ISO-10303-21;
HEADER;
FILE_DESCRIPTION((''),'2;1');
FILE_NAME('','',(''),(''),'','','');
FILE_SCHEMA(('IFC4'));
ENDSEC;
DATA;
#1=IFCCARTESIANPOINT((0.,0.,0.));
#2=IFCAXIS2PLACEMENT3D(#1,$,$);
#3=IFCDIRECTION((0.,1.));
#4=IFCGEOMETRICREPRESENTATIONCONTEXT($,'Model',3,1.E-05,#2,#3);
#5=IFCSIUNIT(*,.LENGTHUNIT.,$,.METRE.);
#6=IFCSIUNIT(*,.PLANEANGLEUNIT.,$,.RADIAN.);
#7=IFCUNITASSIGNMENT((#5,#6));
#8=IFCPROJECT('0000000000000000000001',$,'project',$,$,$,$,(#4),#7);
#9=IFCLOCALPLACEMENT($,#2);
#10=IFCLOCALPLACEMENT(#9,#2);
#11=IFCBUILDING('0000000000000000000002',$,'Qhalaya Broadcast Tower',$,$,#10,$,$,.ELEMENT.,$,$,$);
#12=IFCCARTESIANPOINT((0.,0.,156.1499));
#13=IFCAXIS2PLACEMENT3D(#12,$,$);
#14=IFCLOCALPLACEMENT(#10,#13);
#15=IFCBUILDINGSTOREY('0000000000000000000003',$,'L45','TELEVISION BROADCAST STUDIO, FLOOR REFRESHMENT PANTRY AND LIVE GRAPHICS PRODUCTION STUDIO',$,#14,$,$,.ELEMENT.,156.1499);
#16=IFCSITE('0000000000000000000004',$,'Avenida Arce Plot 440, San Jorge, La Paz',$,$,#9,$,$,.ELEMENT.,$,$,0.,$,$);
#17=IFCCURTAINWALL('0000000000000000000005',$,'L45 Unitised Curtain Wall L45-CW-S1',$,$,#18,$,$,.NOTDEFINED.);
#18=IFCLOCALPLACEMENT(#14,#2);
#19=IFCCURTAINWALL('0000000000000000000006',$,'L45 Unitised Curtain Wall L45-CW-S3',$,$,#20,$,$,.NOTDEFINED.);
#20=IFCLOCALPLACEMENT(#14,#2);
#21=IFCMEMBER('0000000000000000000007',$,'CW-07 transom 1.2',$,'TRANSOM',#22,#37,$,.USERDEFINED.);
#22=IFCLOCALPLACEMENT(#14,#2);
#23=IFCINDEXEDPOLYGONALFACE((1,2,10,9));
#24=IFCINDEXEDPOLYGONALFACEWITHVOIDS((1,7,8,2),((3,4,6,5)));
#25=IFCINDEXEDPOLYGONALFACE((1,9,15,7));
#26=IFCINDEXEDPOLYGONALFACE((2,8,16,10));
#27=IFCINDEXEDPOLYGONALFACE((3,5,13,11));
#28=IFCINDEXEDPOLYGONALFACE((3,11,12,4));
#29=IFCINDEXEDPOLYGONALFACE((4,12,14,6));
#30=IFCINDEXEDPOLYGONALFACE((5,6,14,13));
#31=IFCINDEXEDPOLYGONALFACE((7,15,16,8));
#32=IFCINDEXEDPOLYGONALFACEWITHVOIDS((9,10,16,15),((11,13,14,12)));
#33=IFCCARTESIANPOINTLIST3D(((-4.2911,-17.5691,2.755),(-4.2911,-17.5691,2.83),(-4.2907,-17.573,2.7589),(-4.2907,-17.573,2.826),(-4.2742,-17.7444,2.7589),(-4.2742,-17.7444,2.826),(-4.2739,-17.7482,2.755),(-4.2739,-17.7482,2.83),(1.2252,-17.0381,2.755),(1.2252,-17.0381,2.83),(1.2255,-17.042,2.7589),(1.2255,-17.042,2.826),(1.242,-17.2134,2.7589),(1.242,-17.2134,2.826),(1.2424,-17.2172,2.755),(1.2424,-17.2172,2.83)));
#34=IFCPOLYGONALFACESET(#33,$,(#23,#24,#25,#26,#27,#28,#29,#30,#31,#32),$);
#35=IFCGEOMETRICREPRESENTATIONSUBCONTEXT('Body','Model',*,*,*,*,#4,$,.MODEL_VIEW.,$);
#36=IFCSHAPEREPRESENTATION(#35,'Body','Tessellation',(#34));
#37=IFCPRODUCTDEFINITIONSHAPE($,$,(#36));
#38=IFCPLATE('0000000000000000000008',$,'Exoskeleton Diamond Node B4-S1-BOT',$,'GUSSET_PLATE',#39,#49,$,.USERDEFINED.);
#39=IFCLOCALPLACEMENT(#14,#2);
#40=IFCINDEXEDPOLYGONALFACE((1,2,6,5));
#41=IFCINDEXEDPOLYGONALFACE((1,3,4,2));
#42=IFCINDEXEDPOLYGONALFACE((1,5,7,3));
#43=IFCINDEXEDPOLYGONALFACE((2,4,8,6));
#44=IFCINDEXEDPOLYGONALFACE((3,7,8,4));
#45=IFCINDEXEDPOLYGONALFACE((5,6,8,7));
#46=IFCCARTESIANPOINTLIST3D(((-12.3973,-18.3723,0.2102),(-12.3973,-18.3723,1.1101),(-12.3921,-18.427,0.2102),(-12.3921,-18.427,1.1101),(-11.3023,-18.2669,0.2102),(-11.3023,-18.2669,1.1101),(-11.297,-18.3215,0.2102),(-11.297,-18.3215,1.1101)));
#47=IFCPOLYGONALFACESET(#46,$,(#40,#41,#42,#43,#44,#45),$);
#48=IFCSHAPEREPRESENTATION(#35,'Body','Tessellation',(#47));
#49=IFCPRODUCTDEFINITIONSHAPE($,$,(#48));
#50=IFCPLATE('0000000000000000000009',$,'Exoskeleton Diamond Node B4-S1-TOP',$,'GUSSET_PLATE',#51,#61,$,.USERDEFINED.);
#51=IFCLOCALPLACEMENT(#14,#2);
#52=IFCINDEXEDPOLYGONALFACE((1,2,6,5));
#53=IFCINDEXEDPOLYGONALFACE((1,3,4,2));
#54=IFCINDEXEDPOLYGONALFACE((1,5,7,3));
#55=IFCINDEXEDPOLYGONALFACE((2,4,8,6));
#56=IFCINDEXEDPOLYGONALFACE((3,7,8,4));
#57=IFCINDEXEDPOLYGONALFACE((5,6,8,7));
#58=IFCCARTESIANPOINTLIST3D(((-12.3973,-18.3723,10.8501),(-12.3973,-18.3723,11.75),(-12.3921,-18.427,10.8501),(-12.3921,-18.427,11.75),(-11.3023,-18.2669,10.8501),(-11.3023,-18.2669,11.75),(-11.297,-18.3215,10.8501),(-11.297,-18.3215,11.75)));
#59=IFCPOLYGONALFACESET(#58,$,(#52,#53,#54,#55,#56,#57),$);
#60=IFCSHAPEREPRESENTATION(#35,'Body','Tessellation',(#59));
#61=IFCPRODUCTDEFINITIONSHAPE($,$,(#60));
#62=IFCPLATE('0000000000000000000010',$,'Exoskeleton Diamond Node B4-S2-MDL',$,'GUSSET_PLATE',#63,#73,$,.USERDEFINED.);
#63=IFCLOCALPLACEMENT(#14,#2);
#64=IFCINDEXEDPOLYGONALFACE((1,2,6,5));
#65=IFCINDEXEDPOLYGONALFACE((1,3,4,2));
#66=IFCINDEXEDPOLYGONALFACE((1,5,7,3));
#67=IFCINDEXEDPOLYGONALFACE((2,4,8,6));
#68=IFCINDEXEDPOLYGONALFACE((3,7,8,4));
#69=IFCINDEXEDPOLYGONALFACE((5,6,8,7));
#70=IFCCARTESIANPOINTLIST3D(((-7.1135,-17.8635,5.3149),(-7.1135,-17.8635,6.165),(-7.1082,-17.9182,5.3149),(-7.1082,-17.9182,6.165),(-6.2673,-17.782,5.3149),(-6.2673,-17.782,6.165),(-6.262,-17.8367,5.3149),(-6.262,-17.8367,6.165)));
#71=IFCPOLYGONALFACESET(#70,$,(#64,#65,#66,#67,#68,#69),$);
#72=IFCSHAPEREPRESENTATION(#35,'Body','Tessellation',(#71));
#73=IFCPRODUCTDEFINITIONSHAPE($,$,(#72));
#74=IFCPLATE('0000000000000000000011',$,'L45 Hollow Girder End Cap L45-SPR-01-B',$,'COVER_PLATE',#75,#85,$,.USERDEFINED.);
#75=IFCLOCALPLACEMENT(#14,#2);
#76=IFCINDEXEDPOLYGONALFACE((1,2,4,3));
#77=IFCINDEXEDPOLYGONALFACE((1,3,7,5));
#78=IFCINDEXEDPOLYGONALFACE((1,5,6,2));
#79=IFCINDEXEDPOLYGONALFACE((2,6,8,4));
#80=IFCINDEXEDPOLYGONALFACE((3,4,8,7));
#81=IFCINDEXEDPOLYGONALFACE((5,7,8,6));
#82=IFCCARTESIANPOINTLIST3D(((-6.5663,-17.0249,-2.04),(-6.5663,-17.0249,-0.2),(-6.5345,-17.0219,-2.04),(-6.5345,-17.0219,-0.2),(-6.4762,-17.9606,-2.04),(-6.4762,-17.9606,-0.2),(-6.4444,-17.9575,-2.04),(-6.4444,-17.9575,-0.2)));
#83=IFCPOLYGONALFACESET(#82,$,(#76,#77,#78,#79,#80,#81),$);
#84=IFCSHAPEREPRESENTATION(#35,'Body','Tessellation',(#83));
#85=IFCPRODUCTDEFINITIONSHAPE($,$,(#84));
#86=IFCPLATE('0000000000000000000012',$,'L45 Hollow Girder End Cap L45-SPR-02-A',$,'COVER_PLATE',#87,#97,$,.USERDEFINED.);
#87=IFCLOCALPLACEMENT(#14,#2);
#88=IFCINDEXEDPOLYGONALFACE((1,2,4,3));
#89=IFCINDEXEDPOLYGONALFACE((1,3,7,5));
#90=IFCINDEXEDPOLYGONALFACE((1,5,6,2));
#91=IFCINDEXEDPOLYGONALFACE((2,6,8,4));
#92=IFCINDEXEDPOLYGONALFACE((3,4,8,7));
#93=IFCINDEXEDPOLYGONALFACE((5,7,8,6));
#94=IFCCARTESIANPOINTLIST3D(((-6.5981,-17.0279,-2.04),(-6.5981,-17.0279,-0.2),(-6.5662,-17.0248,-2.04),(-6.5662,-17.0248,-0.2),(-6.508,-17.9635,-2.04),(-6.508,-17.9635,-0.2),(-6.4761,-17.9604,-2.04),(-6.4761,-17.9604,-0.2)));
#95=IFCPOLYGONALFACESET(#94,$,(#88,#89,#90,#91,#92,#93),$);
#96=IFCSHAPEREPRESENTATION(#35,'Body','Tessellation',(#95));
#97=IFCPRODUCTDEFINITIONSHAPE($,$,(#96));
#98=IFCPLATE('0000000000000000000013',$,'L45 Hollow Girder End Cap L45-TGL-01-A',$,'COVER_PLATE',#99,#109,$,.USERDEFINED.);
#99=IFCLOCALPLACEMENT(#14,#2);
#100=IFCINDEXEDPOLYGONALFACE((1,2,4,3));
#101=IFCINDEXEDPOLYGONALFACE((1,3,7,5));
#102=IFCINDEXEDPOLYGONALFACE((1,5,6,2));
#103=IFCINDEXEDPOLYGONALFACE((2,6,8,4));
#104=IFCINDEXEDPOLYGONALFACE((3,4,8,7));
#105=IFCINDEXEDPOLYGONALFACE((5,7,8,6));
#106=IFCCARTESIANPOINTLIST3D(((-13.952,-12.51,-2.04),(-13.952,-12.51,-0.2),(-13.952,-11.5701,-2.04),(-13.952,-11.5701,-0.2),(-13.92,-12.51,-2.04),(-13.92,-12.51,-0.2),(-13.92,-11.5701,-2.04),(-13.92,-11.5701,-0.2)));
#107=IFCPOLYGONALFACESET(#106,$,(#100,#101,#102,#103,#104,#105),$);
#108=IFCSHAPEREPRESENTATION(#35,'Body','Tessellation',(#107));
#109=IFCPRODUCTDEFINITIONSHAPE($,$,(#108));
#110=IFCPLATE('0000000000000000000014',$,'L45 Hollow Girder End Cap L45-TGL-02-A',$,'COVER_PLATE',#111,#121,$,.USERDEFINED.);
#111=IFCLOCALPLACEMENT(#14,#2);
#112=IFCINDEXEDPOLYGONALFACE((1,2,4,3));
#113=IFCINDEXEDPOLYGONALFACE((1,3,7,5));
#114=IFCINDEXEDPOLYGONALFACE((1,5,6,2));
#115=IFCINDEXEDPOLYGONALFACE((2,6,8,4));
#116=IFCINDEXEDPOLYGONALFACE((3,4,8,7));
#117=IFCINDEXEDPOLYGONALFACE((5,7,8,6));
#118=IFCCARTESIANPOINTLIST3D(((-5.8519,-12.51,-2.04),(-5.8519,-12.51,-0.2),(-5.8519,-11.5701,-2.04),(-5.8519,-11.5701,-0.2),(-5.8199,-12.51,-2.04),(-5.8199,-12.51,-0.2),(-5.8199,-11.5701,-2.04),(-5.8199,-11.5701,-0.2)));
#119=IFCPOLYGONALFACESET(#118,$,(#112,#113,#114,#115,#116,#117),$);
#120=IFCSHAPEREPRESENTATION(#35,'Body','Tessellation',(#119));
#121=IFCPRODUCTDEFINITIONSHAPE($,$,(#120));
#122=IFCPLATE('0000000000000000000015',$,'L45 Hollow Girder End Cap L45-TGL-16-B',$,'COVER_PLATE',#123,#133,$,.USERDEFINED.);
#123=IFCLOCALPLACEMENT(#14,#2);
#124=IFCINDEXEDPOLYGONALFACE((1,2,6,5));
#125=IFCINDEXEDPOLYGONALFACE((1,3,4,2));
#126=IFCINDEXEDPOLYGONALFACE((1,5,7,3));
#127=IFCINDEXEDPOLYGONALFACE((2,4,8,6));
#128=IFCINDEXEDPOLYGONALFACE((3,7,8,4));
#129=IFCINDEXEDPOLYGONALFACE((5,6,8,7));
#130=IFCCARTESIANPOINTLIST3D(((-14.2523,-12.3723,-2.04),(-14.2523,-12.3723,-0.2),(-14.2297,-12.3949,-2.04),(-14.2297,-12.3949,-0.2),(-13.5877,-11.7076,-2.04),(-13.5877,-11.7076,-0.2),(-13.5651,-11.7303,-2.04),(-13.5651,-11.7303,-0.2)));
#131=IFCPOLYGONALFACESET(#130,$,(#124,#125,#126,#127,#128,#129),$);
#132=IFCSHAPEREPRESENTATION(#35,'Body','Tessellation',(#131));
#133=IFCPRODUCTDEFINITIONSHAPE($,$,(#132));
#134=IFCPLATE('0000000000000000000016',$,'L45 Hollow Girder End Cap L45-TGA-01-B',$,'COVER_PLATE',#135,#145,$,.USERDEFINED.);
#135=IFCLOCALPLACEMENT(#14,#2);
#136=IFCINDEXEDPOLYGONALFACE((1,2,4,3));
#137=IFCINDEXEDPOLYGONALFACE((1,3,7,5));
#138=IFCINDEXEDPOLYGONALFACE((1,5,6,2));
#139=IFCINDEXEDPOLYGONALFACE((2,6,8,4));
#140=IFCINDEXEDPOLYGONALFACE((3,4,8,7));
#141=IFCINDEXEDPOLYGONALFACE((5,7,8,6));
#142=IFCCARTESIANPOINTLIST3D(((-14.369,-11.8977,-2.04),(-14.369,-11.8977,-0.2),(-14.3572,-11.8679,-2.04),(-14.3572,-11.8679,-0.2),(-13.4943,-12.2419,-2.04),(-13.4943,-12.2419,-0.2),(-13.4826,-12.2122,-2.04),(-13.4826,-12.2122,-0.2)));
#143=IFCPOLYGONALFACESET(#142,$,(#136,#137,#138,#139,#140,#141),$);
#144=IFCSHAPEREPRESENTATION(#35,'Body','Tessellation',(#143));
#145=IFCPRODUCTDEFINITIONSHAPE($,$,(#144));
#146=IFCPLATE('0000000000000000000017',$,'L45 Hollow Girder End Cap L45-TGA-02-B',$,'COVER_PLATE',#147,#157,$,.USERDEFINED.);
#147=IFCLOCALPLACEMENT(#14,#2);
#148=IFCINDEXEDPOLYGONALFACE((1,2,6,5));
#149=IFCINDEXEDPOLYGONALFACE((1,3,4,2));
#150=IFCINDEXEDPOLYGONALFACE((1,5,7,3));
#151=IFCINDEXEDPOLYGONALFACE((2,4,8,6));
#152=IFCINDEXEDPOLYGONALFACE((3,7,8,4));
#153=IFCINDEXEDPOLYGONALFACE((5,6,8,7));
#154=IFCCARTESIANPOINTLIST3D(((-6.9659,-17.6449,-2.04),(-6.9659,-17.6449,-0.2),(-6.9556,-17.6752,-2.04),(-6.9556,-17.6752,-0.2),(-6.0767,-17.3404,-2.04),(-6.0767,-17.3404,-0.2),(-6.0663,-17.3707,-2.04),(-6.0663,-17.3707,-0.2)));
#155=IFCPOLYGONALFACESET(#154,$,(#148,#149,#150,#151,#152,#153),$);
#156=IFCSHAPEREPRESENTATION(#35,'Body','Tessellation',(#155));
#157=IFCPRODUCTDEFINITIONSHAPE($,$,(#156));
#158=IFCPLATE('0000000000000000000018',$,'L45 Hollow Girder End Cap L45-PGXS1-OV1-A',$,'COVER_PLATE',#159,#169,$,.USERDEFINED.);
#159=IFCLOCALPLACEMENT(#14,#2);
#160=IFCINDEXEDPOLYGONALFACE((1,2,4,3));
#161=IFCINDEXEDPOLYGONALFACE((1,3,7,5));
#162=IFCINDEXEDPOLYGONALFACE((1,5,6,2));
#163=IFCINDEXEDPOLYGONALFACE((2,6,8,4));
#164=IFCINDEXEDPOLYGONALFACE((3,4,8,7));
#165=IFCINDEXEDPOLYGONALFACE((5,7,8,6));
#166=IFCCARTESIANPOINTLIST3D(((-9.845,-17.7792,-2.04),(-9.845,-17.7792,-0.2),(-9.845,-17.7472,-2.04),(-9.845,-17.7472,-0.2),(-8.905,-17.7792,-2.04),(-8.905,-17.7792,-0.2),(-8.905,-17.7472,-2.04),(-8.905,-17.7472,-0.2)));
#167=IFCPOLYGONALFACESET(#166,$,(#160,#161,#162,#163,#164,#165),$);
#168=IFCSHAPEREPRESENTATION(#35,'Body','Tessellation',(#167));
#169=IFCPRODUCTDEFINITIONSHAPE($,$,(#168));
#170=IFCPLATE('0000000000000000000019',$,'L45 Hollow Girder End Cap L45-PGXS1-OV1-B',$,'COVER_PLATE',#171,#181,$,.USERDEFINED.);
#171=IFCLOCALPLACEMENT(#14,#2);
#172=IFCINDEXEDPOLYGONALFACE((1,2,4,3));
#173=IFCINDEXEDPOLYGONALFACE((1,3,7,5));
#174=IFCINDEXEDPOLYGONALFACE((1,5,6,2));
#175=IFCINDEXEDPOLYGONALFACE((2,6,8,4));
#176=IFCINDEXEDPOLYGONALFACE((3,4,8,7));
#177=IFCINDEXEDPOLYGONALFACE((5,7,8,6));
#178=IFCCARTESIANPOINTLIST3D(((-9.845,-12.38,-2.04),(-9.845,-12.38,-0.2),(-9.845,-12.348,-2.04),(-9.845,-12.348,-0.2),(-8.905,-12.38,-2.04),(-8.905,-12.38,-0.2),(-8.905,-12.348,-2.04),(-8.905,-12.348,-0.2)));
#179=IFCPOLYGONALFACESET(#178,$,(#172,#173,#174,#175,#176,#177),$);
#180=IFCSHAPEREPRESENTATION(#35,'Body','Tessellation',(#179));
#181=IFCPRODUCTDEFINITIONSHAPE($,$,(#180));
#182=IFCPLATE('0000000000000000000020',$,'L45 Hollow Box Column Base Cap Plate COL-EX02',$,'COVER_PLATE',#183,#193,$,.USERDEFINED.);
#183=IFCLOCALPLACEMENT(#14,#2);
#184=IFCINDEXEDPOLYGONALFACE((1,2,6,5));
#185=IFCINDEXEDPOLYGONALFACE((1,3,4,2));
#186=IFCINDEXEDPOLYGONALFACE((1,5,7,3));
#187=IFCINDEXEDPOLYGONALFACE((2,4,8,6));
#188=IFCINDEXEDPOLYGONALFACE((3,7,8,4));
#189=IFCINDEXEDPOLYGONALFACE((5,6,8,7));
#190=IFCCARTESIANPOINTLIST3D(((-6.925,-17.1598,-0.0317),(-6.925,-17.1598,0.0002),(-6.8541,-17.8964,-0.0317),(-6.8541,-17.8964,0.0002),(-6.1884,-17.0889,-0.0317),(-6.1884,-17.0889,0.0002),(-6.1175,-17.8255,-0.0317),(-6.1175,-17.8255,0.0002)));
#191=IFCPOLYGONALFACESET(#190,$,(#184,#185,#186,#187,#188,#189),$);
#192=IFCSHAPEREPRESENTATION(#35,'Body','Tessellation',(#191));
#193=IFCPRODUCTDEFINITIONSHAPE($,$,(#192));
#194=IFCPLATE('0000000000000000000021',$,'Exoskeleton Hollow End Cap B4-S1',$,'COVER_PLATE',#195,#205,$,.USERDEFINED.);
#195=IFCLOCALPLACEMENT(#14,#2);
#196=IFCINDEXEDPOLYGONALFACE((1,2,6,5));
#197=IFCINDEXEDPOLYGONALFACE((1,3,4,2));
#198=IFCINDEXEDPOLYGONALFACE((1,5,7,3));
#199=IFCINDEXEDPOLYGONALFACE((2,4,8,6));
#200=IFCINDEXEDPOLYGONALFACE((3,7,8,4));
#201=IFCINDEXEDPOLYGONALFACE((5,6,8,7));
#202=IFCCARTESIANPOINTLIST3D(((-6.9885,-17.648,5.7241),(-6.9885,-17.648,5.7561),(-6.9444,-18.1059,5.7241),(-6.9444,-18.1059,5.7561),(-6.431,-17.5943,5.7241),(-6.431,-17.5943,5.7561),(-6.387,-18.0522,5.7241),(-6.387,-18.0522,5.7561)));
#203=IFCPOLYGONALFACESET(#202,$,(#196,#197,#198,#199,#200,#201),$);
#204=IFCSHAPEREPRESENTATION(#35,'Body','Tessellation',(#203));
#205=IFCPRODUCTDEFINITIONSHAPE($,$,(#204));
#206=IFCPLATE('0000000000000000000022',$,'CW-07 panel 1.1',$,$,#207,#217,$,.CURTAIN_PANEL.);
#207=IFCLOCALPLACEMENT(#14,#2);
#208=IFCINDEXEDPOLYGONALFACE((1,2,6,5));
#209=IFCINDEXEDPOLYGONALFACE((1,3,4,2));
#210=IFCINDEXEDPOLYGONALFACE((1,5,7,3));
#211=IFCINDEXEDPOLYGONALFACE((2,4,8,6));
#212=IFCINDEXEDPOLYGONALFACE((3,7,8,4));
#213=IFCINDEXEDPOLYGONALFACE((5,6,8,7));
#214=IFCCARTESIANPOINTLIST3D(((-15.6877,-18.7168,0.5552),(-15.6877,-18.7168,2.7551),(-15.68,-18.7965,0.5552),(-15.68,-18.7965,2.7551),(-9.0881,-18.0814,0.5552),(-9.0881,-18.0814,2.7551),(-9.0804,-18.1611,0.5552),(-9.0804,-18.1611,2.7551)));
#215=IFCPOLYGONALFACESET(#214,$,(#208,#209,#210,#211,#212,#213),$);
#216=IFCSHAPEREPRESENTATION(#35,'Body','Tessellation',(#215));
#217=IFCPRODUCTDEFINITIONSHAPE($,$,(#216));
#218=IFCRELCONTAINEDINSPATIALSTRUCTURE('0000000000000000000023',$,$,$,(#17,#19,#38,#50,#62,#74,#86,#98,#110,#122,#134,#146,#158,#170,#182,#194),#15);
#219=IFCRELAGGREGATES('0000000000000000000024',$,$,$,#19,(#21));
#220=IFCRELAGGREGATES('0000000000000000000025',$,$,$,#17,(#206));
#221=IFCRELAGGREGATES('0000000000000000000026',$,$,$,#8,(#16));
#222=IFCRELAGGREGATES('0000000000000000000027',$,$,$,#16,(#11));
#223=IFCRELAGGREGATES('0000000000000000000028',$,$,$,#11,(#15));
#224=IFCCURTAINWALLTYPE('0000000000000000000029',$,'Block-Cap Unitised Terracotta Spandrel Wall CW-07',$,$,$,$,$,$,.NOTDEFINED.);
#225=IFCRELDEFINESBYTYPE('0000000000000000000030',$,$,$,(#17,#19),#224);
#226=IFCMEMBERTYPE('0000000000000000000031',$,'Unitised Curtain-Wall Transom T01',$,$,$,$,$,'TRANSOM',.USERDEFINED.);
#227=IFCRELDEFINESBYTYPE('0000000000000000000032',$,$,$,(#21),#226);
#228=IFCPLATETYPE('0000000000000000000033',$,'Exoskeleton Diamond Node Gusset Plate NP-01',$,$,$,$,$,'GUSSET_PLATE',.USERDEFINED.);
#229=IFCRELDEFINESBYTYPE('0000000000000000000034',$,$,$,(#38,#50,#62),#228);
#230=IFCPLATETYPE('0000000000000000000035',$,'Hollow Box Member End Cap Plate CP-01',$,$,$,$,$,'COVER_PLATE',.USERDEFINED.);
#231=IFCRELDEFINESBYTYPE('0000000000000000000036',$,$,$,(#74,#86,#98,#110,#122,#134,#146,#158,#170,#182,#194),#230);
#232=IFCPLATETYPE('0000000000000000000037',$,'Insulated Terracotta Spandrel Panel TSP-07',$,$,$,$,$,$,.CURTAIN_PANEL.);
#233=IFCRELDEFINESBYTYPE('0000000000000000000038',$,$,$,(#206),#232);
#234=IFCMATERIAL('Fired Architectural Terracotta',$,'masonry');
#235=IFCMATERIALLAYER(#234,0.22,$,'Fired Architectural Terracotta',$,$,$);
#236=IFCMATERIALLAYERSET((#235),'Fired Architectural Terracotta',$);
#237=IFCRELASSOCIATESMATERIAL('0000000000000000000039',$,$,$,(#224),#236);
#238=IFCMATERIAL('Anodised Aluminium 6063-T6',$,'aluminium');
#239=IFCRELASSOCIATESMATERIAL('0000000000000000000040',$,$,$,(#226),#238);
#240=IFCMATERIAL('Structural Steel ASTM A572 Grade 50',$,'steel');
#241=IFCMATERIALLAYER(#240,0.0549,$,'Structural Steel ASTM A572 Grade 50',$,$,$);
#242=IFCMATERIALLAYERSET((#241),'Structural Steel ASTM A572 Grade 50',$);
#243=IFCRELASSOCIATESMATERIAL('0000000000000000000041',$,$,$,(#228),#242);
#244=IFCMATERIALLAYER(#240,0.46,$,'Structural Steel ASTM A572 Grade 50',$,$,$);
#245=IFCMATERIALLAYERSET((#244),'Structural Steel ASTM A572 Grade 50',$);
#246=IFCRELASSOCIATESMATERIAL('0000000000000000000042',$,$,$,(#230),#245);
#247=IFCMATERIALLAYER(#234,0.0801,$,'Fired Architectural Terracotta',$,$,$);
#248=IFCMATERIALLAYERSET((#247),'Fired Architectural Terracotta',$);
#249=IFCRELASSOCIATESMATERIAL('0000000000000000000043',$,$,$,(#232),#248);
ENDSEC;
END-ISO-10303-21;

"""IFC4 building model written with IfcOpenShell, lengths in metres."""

from ifc_helpers import new_model, si_unit, direction, frame, origin, origin_2d, place, context, subcontext, project, spatial, rectangle, hollow_rectangle, extrude, material, layer, layer_set, material_profile, profile_set, type_object, element, aggregate, save


model = new_model("IFC4")

# Units and contexts
model_context = context("Model", 3, precision=1e-05, world=origin(), true_north=direction((0.0, 1.0)))
body_context = subcontext(model_context, "Body", "Model", "MODEL_VIEW")
ifc_project = project(units=[si_unit("LENGTHUNIT", "METRE"), si_unit("PLANEANGLEUNIT", "RADIAN")], contexts=[model_context])

# Site, building, storey
site_placement = place(None, origin())
site = spatial("IfcSite", under=ifc_project, at=site_placement, Name="Avenida Arce Plot 440, San Jorge, La Paz", CompositionType="ELEMENT", RefElevation=0.0)
building_placement = place(site_placement, origin())
building = spatial("IfcBuilding", under=site, at=building_placement, Name="Qhalaya Broadcast Tower", CompositionType="ELEMENT")
storey_placement = place(building_placement, frame((0.0, 0.0, 156.1499)))
storey = spatial("IfcBuildingStorey", under=building, at=storey_placement, Name="L45", Description="TELEVISION BROADCAST STUDIO, FLOOR REFRESHMENT PANTRY AND LIVE GRAPHICS PRODUCTION STUDIO", CompositionType="ELEMENT", Elevation=156.1499)

# Shared definitions
ifc_material_1 = material(Name="Structural Steel ASTM A572 Grade 50", Category="steel")

# Curtain wall
ifc_material_2 = material(Name="Fired Architectural Terracotta", Category="masonry")
ifc_layer_1 = layer(ifc_material_2, 0.22, Name="Fired Architectural Terracotta")
ifc_layer_set_1 = layer_set([ifc_layer_1], Name="Fired Architectural Terracotta")
curtain_wall_type_1 = type_object("IfcCurtainWallType", Name="Block-Cap Unitised Terracotta Spandrel Wall CW-07", PredefinedType="NOTDEFINED", material=ifc_layer_set_1)
curtain_wall_1_placement = place(storey_placement, origin())
curtain_wall_1 = element("IfcCurtainWall", 1, at=curtain_wall_1_placement, inside=storey, type_object=curtain_wall_type_1, Name="L45 Unitised Curtain Wall L45-CW-S1", PredefinedType="NOTDEFINED")
ifc_material_3 = material(Name="Anodised Aluminium 6063-T6", Category="aluminium")

# Curtain wall
curtain_wall_2_placement = place(storey_placement, origin())
curtain_wall_2 = element("IfcCurtainWall", 2, at=curtain_wall_2_placement, inside=storey, type_object=curtain_wall_type_1, Name="L45 Unitised Curtain Wall L45-CW-S3", PredefinedType="NOTDEFINED")

# Member
ifc_material_profile_1 = material_profile(ifc_material_3, hollow_rectangle(XDim=0.075, YDim=0.1799, WallThickness=0.0039, at=origin_2d()), Name="ALU-TRN 75x180x4")
ifc_profile_set_1 = profile_set([ifc_material_profile_1], Name="Anodised Aluminium 6063-T6")
member_type_1 = type_object("IfcMemberType", Name="Unitised Curtain-Wall Transom T01", ElementType="TRANSOM", PredefinedType="USERDEFINED", material=ifc_profile_set_1)
member_1_placement = place(storey_placement, frame((-4.2825, -17.6587, 2.7925), z_axis=(0.995399, 0.095817, 0.0), x_axis=(0.0, 0.0, 1.0)))
member_1 = element("IfcMember", 3, at=member_1_placement, type_object=member_type_1, Name="CW-07 transom 1.2", ObjectType="TRANSOM", PredefinedType="USERDEFINED", context=body_context, shape_type="SweptSolid", body=[
    extrude(hollow_rectangle(XDim=0.075, YDim=0.1799, WallThickness=0.0039, at=origin_2d()), origin(), (0.0, 0.0, 1.0), 5.5417),
])
aggregate(curtain_wall_2, [member_1])

# Plates
ifc_layer_2 = layer(ifc_material_1, 0.0549, Name="Structural Steel ASTM A572 Grade 50")
ifc_layer_set_2 = layer_set([ifc_layer_2], Name="Structural Steel ASTM A572 Grade 50")
plate_type_1 = type_object("IfcPlateType", Name="Exoskeleton Diamond Node Gusset Plate NP-01", ElementType="GUSSET_PLATE", PredefinedType="USERDEFINED", material=ifc_layer_set_2)
for number, where, z_axis, x_axis, name in (
    (4, (-11.8472, -18.3469, 0.2102), (0.0, 0.0, 1.0), (0.995396, 0.095846, 0.0), "Exoskeleton Diamond Node B4-S1-BOT"),
    (5, (-11.8472, -18.3469, 10.8501), (0.0, 0.0, 1.0), (0.995396, 0.095846, 0.0), "Exoskeleton Diamond Node B4-S1-TOP"),
):
    element("IfcPlate", number, at=place(storey_placement, frame(where, z_axis=z_axis, x_axis=x_axis)), inside=storey, type_object=plate_type_1, Name=name, ObjectType="GUSSET_PLATE", PredefinedType="USERDEFINED", context=body_context, shape_type="SweptSolid", body=[
        extrude(rectangle(XDim=1.1001, YDim=0.0549, at=origin_2d()), origin(), (0.0, 0.0, 1.0), 0.8999),
    ])
plate_1_placement = place(storey_placement, frame((-6.6877, -17.8501, 5.3149), z_axis=(0.0, 0.0, 1.0), x_axis=(0.995396, 0.095846, 0.0)))
element("IfcPlate", 6, at=plate_1_placement, inside=storey, type_object=plate_type_1, Name="Exoskeleton Diamond Node B4-S2-MDL", ObjectType="GUSSET_PLATE", PredefinedType="USERDEFINED", context=body_context, shape_type="SweptSolid", body=[
    extrude(rectangle(XDim=0.8501, YDim=0.0549, at=origin_2d()), origin(), (0.0, 0.0, 1.0), 0.8501),
])
ifc_layer_3 = layer(ifc_material_1, 0.46, Name="Structural Steel ASTM A572 Grade 50")
ifc_layer_set_3 = layer_set([ifc_layer_3], Name="Structural Steel ASTM A572 Grade 50")
plate_type_2 = type_object("IfcPlateType", Name="Hollow Box Member End Cap Plate CP-01", ElementType="COVER_PLATE", PredefinedType="USERDEFINED", material=ifc_layer_set_3)
for number, where, z_axis, x_axis, name in (
    (7, (-6.5054, -17.4912, -2.04), (0.0, 0.0, 1.0), (-0.095846, 0.995396, 0.0), "L45 Hollow Girder End Cap L45-SPR-01-B"),
    (8, (-6.5371, -17.4941, -2.04), (0.0, 0.0, 1.0), (-0.095846, 0.995396, 0.0), "L45 Hollow Girder End Cap L45-SPR-02-A"),
    (9, (-13.936, -12.04, -2.04), (0.0, 0.0, 1.0), (0.0, 1.0, 0.0), "L45 Hollow Girder End Cap L45-TGL-01-A"),
    (10, (-5.8359, -12.04, -2.04), (0.0, 0.0, 1.0), (0.0, 1.0, 0.0), "L45 Hollow Girder End Cap L45-TGL-02-A"),
    (11, (-13.9087, -12.0513, -2.04), (0.0, 0.0, 1.0), (0.707107, 0.707107, 0.0), "L45 Hollow Girder End Cap L45-TGL-16-B"),
    (12, (-13.9258, -12.0549, -2.04), (0.0, 0.0, 1.0), (0.93052, -0.366241, 0.0), "L45 Hollow Girder End Cap L45-TGA-01-B"),
    (13, (-6.5161, -17.5078, -2.04), (0.0, 0.0, 1.0), (0.946074, 0.32395, 0.0), "L45 Hollow Girder End Cap L45-TGA-02-B"),
    (14, (-9.375, -17.7632, -2.04), (0.0, 0.0, 1.0), (-1.0, 0.0, 0.0), "L45 Hollow Girder End Cap L45-PGXS1-OV1-A"),
    (15, (-9.375, -12.364, -2.04), (0.0, 0.0, 1.0), (-1.0, 0.0, 0.0), "L45 Hollow Girder End Cap L45-PGXS1-OV1-B"),
):
    element("IfcPlate", number, at=place(storey_placement, frame(where, z_axis=z_axis, x_axis=x_axis)), inside=storey, type_object=plate_type_2, Name=name, ObjectType="COVER_PLATE", PredefinedType="USERDEFINED", context=body_context, shape_type="SweptSolid", body=[
        extrude(rectangle(XDim=0.9399, YDim=0.032, at=origin_2d()), origin(), (0.0, 0.0, 1.0), 1.8401),
    ])
plate_2_placement = place(storey_placement, frame((-6.5212, -17.4927, -0.0317), z_axis=(0.0, 0.0, 1.0), x_axis=(0.995396, 0.095846, 0.0)))
element("IfcPlate", 16, at=plate_2_placement, inside=storey, type_object=plate_type_2, Name="L45 Hollow Box Column Base Cap Plate COL-EX02", ObjectType="COVER_PLATE", PredefinedType="USERDEFINED", context=body_context, shape_type="SweptSolid", body=[
    extrude(rectangle(XDim=0.74, YDim=0.74, at=origin_2d()), origin(), (0.0, 0.0, 1.0), 0.032),
])
plate_3_placement = place(storey_placement, frame((-6.6877, -17.8501, 5.7241), z_axis=(0.0, 0.0, 1.0), x_axis=(0.995396, 0.095846, 0.0)))
element("IfcPlate", 17, at=plate_3_placement, inside=storey, type_object=plate_type_2, Name="Exoskeleton Hollow End Cap B4-S1", ObjectType="COVER_PLATE", PredefinedType="USERDEFINED", context=body_context, shape_type="SweptSolid", body=[
    extrude(rectangle(XDim=0.5601, YDim=0.46, at=origin_2d()), origin(), (0.0, 0.0, 1.0), 0.032),
])

# Plate
ifc_layer_4 = layer(ifc_material_2, 0.0801, Name="Fired Architectural Terracotta")
ifc_layer_set_4 = layer_set([ifc_layer_4], Name="Fired Architectural Terracotta")
plate_type_3 = type_object("IfcPlateType", Name="Insulated Terracotta Spandrel Panel TSP-07", PredefinedType="CURTAIN_PANEL", material=ifc_layer_set_4)
plate_4_placement = place(storey_placement, frame((-12.384, -18.439, 0.5552), z_axis=(0.0, 0.0, 1.0), x_axis=(0.995397, 0.095841, 0.0)))
plate_4 = element("IfcPlate", 18, at=plate_4_placement, type_object=plate_type_3, Name="CW-07 panel 1.1", PredefinedType="CURTAIN_PANEL", context=body_context, shape_type="SweptSolid", body=[
    extrude(rectangle(XDim=6.6301, YDim=0.0801, at=origin_2d()), origin(), (0.0, 0.0, 1.0), 2.2),
])
aggregate(curtain_wall_1, [plate_4])

save(model, "model.ifc")
